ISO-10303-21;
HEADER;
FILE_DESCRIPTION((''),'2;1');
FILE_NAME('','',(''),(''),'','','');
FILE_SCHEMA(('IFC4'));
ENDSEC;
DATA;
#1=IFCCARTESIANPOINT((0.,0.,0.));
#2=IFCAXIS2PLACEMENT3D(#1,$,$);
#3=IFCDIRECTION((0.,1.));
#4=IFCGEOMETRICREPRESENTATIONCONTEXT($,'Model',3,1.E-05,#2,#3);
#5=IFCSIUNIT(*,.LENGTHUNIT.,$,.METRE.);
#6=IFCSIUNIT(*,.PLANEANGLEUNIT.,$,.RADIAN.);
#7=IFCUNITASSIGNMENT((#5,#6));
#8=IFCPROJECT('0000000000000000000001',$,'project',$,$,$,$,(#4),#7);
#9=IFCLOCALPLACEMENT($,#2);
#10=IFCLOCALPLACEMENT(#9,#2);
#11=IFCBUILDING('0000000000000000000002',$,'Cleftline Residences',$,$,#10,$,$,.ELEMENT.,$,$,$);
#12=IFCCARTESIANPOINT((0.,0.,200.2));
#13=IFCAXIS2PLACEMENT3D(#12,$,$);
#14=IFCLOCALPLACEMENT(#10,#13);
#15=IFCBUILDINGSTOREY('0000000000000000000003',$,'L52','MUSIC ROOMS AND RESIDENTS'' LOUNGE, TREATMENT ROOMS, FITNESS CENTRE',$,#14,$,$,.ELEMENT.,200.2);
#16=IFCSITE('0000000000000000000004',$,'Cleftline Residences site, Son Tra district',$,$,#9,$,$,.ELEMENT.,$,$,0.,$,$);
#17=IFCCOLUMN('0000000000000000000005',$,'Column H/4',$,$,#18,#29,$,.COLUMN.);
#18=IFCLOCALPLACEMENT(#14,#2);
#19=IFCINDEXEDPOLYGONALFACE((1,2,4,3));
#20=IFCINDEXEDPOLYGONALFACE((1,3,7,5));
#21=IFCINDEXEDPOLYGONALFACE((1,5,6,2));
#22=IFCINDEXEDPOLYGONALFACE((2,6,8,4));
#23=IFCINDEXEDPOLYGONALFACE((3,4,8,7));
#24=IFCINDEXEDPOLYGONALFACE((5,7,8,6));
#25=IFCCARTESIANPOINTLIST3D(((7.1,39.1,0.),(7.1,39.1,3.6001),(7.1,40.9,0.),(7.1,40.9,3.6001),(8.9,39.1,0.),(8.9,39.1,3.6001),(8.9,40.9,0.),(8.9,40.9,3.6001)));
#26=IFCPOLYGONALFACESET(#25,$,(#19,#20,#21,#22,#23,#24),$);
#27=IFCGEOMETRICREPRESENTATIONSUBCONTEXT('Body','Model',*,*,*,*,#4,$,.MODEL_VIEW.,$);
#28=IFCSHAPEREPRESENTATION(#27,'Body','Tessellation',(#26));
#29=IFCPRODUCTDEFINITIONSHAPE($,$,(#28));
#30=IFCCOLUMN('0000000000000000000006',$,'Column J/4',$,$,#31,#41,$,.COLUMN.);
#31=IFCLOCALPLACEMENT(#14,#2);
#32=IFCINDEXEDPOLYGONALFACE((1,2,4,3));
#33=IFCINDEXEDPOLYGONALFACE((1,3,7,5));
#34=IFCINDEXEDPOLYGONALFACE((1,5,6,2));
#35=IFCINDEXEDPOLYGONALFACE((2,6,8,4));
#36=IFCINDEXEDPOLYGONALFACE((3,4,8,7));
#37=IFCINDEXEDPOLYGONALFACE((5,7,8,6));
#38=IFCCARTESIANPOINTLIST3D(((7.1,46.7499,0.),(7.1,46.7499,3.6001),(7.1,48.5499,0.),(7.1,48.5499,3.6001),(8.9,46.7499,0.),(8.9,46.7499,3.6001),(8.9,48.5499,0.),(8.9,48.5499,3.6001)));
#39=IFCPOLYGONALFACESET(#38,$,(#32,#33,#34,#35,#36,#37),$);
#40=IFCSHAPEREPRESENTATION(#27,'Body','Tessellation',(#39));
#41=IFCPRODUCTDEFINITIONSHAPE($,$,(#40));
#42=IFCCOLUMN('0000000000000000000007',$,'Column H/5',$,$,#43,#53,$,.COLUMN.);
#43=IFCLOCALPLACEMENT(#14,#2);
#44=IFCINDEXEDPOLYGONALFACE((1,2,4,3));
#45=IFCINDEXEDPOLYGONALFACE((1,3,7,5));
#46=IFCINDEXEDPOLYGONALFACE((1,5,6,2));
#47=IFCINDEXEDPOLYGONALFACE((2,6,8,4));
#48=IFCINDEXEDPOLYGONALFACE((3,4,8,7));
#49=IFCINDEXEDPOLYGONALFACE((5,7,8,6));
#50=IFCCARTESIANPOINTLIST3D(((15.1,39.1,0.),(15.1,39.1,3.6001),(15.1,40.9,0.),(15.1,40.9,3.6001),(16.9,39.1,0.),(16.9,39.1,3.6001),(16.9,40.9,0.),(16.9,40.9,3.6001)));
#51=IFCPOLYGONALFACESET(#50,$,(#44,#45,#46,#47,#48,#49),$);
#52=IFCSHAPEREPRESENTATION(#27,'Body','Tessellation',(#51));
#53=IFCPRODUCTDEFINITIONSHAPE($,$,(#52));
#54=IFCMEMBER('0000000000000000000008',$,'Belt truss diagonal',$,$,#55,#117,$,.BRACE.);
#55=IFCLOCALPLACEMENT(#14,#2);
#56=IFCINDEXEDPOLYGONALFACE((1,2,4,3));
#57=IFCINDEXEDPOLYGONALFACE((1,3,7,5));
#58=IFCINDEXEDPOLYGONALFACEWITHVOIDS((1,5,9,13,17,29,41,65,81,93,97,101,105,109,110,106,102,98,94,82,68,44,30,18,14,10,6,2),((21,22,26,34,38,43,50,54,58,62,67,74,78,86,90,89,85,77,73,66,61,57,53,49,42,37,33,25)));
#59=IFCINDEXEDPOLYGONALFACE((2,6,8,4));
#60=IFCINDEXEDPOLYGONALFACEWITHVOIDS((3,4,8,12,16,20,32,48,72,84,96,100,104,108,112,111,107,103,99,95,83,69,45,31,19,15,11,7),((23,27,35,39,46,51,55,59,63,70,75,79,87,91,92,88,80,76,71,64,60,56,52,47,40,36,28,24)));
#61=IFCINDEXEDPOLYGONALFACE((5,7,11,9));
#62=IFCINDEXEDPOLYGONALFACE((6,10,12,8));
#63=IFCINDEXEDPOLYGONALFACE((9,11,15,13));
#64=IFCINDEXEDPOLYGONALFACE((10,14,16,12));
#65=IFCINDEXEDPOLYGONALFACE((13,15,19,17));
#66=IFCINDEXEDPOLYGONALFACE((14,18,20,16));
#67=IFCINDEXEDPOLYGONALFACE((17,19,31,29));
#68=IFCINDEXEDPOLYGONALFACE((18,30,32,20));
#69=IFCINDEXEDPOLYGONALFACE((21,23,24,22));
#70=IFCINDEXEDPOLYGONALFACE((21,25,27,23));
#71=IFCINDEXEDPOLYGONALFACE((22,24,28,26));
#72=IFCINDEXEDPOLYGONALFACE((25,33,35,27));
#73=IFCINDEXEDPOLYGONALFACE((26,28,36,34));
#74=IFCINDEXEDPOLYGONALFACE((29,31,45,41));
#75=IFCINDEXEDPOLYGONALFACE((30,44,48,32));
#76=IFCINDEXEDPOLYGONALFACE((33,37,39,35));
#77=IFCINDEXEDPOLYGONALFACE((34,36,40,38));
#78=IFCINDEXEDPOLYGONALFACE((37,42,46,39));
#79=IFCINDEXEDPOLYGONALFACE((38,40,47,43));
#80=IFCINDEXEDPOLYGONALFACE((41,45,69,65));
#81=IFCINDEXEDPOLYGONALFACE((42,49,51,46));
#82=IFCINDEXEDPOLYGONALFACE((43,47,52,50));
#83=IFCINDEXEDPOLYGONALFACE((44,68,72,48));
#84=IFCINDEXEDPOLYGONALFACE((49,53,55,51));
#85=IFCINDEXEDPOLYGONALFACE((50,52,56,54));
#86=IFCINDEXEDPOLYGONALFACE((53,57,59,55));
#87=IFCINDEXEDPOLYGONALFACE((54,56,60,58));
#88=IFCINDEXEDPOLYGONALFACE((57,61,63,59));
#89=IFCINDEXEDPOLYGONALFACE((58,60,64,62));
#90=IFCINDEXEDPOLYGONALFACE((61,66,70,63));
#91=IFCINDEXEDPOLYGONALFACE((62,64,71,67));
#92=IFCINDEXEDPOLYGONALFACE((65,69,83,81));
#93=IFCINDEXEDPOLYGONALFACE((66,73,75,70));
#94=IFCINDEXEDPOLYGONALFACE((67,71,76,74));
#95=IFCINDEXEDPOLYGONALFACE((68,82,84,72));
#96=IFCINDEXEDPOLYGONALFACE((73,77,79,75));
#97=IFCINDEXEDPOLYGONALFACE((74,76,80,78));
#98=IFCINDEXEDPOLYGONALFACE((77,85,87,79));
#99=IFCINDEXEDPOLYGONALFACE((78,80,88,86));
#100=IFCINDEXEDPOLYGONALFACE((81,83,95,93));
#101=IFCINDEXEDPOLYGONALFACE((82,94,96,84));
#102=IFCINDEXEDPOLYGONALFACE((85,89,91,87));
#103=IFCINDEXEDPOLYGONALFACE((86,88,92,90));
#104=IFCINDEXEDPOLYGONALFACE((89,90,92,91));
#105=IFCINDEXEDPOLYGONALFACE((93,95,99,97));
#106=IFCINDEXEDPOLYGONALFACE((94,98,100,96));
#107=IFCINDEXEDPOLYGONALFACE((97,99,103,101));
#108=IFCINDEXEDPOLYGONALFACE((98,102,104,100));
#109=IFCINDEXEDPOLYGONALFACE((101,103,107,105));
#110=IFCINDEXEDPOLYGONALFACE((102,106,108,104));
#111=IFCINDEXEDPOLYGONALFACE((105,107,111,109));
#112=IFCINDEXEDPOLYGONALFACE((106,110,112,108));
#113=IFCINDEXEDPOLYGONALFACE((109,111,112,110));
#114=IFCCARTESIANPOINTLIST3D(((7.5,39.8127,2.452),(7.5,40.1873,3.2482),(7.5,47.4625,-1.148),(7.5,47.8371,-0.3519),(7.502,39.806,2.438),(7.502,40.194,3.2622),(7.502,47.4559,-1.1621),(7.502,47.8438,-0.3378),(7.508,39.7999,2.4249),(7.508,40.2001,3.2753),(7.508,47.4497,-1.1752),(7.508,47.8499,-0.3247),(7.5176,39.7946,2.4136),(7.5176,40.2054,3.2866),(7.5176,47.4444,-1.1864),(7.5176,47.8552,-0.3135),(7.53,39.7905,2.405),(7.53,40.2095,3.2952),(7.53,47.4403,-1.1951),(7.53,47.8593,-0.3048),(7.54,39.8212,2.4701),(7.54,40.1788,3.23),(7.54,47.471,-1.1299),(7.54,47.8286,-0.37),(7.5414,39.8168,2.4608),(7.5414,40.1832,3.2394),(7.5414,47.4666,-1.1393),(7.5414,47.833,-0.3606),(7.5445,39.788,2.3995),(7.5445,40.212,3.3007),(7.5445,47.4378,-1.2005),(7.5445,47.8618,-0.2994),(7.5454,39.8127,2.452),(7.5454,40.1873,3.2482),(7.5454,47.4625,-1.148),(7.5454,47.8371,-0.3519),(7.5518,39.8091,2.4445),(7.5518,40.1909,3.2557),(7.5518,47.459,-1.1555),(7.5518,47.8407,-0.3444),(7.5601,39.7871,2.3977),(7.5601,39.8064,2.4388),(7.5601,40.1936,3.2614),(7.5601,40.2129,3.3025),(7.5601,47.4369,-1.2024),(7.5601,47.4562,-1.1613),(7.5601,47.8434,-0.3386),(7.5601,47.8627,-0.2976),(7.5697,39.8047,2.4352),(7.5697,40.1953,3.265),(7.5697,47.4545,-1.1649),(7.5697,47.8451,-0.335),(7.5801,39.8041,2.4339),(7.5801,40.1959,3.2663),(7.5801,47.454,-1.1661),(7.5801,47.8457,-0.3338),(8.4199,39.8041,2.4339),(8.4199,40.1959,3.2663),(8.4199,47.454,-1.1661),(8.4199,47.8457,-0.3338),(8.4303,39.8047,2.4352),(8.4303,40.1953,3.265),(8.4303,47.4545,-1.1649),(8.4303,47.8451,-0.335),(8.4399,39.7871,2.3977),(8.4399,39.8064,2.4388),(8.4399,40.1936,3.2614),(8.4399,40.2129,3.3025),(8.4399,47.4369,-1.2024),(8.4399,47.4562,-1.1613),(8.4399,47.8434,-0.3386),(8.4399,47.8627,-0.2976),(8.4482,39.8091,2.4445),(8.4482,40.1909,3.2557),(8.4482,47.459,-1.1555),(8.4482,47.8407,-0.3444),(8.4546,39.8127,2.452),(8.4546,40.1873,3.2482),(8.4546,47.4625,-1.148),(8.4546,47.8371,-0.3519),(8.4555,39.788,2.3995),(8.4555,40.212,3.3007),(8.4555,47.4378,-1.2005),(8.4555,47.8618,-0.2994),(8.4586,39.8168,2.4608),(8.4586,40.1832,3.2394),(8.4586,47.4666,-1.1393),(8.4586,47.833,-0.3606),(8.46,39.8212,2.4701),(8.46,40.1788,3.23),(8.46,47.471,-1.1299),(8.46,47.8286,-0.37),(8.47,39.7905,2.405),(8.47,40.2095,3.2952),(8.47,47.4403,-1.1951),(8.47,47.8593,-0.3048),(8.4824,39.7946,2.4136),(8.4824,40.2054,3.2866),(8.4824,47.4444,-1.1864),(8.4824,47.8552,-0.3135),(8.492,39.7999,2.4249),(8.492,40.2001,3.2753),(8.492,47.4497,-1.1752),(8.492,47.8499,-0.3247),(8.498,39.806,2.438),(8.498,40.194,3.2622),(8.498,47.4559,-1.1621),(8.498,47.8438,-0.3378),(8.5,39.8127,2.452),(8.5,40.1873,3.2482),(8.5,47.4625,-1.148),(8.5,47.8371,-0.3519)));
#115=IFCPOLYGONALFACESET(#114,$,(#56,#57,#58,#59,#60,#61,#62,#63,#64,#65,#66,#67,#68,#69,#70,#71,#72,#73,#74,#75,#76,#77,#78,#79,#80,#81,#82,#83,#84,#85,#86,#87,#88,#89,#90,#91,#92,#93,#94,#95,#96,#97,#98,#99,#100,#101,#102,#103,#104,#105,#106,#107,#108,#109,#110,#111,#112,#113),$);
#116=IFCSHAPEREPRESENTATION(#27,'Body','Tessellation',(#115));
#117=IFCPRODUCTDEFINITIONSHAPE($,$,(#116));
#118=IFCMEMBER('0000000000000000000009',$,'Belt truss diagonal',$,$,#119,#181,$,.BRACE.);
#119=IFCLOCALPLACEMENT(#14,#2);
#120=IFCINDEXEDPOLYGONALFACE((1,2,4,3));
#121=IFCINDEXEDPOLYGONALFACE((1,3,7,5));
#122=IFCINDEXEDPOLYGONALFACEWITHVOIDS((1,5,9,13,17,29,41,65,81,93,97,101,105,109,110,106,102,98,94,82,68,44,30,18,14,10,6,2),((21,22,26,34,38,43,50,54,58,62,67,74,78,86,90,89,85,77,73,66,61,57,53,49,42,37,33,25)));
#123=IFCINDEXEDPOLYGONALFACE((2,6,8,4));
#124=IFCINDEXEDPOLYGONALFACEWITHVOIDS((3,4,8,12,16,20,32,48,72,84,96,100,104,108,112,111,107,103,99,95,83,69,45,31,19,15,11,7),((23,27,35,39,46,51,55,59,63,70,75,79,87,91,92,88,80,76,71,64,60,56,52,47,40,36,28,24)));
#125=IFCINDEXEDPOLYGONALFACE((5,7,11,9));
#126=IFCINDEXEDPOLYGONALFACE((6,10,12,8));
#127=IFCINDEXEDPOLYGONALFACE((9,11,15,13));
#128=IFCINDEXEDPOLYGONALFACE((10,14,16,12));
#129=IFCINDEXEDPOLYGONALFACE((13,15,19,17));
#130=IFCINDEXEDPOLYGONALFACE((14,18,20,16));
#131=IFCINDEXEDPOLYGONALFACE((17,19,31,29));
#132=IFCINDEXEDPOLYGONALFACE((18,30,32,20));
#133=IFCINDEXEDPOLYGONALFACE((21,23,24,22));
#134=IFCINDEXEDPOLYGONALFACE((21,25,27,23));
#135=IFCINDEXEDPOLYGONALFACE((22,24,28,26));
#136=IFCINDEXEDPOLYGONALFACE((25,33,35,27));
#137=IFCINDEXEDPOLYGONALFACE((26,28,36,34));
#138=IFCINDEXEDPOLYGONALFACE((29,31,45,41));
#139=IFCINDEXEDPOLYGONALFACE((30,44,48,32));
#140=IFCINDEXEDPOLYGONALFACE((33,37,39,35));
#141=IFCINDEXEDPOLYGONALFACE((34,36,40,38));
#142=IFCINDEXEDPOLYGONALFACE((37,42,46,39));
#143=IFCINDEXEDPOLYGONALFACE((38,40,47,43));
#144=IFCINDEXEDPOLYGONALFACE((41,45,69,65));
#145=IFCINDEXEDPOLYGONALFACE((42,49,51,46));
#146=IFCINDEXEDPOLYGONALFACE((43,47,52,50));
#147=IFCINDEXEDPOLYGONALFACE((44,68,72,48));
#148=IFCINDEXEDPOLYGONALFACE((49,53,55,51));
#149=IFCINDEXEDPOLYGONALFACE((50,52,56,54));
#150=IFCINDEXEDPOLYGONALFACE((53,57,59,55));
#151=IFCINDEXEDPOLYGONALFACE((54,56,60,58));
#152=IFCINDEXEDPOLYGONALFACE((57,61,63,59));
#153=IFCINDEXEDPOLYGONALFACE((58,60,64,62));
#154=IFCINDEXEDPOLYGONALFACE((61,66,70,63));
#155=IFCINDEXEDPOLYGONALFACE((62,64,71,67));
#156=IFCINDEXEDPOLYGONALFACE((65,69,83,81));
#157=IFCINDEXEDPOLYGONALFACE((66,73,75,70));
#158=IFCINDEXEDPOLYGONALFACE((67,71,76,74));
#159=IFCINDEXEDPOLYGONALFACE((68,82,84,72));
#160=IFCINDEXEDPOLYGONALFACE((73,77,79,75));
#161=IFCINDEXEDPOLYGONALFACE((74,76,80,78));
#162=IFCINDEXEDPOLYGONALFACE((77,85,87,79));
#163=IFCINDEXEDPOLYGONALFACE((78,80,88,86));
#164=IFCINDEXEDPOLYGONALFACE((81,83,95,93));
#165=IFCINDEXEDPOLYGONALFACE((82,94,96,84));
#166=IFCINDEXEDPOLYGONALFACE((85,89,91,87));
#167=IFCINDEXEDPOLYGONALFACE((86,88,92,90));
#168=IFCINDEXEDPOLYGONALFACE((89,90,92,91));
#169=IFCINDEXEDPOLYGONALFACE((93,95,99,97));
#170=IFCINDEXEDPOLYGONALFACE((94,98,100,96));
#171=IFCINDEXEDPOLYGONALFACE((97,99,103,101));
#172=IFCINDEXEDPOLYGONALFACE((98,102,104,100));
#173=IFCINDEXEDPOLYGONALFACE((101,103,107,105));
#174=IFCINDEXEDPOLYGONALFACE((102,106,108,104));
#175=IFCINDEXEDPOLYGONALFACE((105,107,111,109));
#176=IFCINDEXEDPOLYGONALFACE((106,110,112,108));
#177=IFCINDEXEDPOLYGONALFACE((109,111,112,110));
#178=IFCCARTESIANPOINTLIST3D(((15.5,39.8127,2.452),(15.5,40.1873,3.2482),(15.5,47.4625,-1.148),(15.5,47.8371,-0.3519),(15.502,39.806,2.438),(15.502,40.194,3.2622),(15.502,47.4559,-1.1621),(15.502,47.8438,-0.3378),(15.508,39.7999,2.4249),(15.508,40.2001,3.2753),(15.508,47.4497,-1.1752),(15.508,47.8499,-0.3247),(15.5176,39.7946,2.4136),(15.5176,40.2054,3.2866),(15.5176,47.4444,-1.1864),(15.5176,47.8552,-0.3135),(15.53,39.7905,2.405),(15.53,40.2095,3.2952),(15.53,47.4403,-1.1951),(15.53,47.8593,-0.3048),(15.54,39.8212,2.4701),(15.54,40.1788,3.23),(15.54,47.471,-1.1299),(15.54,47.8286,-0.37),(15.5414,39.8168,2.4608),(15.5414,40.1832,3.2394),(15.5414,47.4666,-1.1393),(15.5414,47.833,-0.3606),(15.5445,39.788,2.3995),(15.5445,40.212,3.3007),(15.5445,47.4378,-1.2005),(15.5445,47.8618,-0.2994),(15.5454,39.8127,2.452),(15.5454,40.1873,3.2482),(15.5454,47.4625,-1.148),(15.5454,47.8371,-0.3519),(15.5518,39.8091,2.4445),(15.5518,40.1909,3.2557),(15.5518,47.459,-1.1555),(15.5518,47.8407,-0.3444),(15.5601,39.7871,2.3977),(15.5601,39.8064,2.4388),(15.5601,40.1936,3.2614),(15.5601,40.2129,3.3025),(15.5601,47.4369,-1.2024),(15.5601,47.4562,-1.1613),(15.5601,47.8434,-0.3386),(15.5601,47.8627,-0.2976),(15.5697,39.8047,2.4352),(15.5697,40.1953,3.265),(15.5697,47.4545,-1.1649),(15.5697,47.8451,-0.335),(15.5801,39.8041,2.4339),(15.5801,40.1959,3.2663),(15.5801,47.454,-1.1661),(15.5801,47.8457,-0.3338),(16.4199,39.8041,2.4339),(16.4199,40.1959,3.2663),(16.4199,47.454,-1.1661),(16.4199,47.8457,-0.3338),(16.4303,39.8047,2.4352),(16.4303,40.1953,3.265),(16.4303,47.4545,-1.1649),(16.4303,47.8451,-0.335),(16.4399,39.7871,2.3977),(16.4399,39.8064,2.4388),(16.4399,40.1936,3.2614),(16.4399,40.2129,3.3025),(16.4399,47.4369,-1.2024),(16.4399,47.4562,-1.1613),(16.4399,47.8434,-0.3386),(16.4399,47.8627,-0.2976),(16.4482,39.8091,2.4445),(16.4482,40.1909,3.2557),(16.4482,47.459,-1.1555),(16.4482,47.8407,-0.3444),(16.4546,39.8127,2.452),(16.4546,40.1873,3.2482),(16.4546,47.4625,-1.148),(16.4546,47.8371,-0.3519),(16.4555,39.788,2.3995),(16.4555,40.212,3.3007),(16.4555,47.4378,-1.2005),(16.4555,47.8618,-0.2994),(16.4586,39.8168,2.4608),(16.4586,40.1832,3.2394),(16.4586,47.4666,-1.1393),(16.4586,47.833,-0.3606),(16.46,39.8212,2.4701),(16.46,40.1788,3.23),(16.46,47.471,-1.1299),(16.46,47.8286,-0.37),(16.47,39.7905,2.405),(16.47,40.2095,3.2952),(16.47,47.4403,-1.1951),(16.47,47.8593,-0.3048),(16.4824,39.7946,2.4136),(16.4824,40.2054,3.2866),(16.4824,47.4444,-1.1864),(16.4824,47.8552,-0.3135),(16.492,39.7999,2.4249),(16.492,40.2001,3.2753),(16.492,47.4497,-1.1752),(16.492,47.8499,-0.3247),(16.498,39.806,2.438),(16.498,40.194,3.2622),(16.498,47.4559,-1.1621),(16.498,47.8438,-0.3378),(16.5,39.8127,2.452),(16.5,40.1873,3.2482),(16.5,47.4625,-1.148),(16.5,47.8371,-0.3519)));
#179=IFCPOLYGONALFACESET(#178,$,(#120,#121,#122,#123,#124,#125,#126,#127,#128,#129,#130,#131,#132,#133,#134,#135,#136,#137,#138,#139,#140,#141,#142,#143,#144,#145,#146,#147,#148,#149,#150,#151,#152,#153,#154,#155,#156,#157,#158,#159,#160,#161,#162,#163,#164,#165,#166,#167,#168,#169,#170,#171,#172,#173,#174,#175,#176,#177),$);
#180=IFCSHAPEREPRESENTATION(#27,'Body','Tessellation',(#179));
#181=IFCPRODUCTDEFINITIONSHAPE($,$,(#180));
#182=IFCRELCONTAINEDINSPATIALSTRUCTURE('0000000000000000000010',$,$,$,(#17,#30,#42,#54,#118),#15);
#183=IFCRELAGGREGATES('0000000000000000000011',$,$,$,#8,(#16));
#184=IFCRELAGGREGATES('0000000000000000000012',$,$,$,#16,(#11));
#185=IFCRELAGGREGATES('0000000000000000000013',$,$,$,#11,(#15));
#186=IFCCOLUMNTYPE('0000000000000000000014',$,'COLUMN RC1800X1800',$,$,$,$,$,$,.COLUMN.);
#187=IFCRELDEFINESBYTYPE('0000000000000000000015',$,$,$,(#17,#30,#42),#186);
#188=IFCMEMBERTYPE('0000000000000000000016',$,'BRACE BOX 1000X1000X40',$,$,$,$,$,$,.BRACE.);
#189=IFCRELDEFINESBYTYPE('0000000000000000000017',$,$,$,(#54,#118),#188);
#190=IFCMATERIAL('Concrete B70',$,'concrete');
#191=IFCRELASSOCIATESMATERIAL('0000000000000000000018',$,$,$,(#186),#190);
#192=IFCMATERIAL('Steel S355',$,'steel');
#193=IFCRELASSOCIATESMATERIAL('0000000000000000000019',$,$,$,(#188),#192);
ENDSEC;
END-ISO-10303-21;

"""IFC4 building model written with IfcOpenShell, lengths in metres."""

from ifc_helpers import new_model, si_unit, direction, frame, origin, origin_2d, place, context, subcontext, project, spatial, rectangle, hollow_rectangle, extrude, material, material_profile, profile_set, type_object, element, save


model = new_model("IFC4")

# Units and contexts
model_context = context("Model", 3, precision=1e-05, world=origin(), true_north=direction((0.0, 1.0)))
body_context = subcontext(model_context, "Body", "Model", "MODEL_VIEW")
ifc_project = project(units=[si_unit("LENGTHUNIT", "METRE"), si_unit("PLANEANGLEUNIT", "RADIAN")], contexts=[model_context])

# Site, building, storey
site_placement = place(None, origin())
site = spatial("IfcSite", under=ifc_project, at=site_placement, Name="Cleftline Residences site, Son Tra district", CompositionType="ELEMENT", RefElevation=0.0)
building_placement = place(site_placement, origin())
building = spatial("IfcBuilding", under=site, at=building_placement, Name="Cleftline Residences", CompositionType="ELEMENT")
storey_placement = place(building_placement, frame((0.0, 0.0, 200.2)))
storey = spatial("IfcBuildingStorey", under=building, at=storey_placement, Name="L52", Description="MUSIC ROOMS AND RESIDENTS' LOUNGE, TREATMENT ROOMS, FITNESS CENTRE", CompositionType="ELEMENT", Elevation=200.2)

# Columns
ifc_material_1 = material(Name="Concrete B70", Category="concrete")
ifc_material_profile_1 = material_profile(ifc_material_1, rectangle(XDim=1.8, YDim=1.8, at=origin_2d()))
ifc_profile_set_1 = profile_set([ifc_material_profile_1], Name="Concrete B70")
column_type = type_object("IfcColumnType", Name="COLUMN RC1800X1800", PredefinedType="COLUMN", material=ifc_profile_set_1)
for number, where, z_axis, x_axis, name in (
    (1, (8.0, 40.0, 0.0), (0.0, 0.0, 1.0), (1.0, 0.0, 0.0), "Column H/4"),
    (2, (8.0, 47.6499, 0.0), (0.0, 0.0, 1.0), (1.0, 0.0, 0.0), "Column J/4"),
    (3, (16.0, 40.0, 0.0), (0.0, 0.0, 1.0), (1.0, 0.0, 0.0), "Column H/5"),
):
    element("IfcColumn", number, at=place(storey_placement, frame(where, z_axis=z_axis, x_axis=x_axis)), inside=storey, type_object=column_type, Name=name, PredefinedType="COLUMN", context=body_context, shape_type="SweptSolid", body=[
        extrude(rectangle(XDim=1.8, YDim=1.8, at=origin_2d()), origin(), (0.0, 0.0, 1.0), 3.6001),
    ])

# Members
ifc_material_2 = material(Name="Steel S355", Category="steel")
ifc_material_profile_2 = material_profile(ifc_material_2, hollow_rectangle(XDim=1.0, YDim=1.0, WallThickness=0.04, InnerFilletRadius=0.04, OuterFilletRadius=0.0601, at=origin_2d()))
ifc_profile_set_2 = profile_set([ifc_material_profile_2], Name="Steel S355")
member_type_1 = type_object("IfcMemberType", Name="BRACE BOX 1000X1000X40", PredefinedType="BRACE", material=ifc_profile_set_2)
for number, where, z_axis, x_axis, name in (
    (4, (8.0, 40.0, 2.8501), (0.0, 0.904812, -0.425811), (0.0, 0.425811, 0.904812), "Belt truss diagonal"),
    (5, (16.0, 40.0, 2.8501), (0.0, 0.904812, -0.425811), (0.0, 0.425811, 0.904812), "Belt truss diagonal"),
):
    element("IfcMember", number, at=place(storey_placement, frame(where, z_axis=z_axis, x_axis=x_axis)), inside=storey, type_object=member_type_1, Name=name, PredefinedType="BRACE", context=body_context, shape_type="SweptSolid", body=[
        extrude(hollow_rectangle(XDim=1.0, YDim=1.0, WallThickness=0.04, InnerFilletRadius=0.04, OuterFilletRadius=0.0601, at=origin_2d()), origin(), (0.0, 0.0, 1.0), 8.4546),
    ])

save(model, "model.ifc")
